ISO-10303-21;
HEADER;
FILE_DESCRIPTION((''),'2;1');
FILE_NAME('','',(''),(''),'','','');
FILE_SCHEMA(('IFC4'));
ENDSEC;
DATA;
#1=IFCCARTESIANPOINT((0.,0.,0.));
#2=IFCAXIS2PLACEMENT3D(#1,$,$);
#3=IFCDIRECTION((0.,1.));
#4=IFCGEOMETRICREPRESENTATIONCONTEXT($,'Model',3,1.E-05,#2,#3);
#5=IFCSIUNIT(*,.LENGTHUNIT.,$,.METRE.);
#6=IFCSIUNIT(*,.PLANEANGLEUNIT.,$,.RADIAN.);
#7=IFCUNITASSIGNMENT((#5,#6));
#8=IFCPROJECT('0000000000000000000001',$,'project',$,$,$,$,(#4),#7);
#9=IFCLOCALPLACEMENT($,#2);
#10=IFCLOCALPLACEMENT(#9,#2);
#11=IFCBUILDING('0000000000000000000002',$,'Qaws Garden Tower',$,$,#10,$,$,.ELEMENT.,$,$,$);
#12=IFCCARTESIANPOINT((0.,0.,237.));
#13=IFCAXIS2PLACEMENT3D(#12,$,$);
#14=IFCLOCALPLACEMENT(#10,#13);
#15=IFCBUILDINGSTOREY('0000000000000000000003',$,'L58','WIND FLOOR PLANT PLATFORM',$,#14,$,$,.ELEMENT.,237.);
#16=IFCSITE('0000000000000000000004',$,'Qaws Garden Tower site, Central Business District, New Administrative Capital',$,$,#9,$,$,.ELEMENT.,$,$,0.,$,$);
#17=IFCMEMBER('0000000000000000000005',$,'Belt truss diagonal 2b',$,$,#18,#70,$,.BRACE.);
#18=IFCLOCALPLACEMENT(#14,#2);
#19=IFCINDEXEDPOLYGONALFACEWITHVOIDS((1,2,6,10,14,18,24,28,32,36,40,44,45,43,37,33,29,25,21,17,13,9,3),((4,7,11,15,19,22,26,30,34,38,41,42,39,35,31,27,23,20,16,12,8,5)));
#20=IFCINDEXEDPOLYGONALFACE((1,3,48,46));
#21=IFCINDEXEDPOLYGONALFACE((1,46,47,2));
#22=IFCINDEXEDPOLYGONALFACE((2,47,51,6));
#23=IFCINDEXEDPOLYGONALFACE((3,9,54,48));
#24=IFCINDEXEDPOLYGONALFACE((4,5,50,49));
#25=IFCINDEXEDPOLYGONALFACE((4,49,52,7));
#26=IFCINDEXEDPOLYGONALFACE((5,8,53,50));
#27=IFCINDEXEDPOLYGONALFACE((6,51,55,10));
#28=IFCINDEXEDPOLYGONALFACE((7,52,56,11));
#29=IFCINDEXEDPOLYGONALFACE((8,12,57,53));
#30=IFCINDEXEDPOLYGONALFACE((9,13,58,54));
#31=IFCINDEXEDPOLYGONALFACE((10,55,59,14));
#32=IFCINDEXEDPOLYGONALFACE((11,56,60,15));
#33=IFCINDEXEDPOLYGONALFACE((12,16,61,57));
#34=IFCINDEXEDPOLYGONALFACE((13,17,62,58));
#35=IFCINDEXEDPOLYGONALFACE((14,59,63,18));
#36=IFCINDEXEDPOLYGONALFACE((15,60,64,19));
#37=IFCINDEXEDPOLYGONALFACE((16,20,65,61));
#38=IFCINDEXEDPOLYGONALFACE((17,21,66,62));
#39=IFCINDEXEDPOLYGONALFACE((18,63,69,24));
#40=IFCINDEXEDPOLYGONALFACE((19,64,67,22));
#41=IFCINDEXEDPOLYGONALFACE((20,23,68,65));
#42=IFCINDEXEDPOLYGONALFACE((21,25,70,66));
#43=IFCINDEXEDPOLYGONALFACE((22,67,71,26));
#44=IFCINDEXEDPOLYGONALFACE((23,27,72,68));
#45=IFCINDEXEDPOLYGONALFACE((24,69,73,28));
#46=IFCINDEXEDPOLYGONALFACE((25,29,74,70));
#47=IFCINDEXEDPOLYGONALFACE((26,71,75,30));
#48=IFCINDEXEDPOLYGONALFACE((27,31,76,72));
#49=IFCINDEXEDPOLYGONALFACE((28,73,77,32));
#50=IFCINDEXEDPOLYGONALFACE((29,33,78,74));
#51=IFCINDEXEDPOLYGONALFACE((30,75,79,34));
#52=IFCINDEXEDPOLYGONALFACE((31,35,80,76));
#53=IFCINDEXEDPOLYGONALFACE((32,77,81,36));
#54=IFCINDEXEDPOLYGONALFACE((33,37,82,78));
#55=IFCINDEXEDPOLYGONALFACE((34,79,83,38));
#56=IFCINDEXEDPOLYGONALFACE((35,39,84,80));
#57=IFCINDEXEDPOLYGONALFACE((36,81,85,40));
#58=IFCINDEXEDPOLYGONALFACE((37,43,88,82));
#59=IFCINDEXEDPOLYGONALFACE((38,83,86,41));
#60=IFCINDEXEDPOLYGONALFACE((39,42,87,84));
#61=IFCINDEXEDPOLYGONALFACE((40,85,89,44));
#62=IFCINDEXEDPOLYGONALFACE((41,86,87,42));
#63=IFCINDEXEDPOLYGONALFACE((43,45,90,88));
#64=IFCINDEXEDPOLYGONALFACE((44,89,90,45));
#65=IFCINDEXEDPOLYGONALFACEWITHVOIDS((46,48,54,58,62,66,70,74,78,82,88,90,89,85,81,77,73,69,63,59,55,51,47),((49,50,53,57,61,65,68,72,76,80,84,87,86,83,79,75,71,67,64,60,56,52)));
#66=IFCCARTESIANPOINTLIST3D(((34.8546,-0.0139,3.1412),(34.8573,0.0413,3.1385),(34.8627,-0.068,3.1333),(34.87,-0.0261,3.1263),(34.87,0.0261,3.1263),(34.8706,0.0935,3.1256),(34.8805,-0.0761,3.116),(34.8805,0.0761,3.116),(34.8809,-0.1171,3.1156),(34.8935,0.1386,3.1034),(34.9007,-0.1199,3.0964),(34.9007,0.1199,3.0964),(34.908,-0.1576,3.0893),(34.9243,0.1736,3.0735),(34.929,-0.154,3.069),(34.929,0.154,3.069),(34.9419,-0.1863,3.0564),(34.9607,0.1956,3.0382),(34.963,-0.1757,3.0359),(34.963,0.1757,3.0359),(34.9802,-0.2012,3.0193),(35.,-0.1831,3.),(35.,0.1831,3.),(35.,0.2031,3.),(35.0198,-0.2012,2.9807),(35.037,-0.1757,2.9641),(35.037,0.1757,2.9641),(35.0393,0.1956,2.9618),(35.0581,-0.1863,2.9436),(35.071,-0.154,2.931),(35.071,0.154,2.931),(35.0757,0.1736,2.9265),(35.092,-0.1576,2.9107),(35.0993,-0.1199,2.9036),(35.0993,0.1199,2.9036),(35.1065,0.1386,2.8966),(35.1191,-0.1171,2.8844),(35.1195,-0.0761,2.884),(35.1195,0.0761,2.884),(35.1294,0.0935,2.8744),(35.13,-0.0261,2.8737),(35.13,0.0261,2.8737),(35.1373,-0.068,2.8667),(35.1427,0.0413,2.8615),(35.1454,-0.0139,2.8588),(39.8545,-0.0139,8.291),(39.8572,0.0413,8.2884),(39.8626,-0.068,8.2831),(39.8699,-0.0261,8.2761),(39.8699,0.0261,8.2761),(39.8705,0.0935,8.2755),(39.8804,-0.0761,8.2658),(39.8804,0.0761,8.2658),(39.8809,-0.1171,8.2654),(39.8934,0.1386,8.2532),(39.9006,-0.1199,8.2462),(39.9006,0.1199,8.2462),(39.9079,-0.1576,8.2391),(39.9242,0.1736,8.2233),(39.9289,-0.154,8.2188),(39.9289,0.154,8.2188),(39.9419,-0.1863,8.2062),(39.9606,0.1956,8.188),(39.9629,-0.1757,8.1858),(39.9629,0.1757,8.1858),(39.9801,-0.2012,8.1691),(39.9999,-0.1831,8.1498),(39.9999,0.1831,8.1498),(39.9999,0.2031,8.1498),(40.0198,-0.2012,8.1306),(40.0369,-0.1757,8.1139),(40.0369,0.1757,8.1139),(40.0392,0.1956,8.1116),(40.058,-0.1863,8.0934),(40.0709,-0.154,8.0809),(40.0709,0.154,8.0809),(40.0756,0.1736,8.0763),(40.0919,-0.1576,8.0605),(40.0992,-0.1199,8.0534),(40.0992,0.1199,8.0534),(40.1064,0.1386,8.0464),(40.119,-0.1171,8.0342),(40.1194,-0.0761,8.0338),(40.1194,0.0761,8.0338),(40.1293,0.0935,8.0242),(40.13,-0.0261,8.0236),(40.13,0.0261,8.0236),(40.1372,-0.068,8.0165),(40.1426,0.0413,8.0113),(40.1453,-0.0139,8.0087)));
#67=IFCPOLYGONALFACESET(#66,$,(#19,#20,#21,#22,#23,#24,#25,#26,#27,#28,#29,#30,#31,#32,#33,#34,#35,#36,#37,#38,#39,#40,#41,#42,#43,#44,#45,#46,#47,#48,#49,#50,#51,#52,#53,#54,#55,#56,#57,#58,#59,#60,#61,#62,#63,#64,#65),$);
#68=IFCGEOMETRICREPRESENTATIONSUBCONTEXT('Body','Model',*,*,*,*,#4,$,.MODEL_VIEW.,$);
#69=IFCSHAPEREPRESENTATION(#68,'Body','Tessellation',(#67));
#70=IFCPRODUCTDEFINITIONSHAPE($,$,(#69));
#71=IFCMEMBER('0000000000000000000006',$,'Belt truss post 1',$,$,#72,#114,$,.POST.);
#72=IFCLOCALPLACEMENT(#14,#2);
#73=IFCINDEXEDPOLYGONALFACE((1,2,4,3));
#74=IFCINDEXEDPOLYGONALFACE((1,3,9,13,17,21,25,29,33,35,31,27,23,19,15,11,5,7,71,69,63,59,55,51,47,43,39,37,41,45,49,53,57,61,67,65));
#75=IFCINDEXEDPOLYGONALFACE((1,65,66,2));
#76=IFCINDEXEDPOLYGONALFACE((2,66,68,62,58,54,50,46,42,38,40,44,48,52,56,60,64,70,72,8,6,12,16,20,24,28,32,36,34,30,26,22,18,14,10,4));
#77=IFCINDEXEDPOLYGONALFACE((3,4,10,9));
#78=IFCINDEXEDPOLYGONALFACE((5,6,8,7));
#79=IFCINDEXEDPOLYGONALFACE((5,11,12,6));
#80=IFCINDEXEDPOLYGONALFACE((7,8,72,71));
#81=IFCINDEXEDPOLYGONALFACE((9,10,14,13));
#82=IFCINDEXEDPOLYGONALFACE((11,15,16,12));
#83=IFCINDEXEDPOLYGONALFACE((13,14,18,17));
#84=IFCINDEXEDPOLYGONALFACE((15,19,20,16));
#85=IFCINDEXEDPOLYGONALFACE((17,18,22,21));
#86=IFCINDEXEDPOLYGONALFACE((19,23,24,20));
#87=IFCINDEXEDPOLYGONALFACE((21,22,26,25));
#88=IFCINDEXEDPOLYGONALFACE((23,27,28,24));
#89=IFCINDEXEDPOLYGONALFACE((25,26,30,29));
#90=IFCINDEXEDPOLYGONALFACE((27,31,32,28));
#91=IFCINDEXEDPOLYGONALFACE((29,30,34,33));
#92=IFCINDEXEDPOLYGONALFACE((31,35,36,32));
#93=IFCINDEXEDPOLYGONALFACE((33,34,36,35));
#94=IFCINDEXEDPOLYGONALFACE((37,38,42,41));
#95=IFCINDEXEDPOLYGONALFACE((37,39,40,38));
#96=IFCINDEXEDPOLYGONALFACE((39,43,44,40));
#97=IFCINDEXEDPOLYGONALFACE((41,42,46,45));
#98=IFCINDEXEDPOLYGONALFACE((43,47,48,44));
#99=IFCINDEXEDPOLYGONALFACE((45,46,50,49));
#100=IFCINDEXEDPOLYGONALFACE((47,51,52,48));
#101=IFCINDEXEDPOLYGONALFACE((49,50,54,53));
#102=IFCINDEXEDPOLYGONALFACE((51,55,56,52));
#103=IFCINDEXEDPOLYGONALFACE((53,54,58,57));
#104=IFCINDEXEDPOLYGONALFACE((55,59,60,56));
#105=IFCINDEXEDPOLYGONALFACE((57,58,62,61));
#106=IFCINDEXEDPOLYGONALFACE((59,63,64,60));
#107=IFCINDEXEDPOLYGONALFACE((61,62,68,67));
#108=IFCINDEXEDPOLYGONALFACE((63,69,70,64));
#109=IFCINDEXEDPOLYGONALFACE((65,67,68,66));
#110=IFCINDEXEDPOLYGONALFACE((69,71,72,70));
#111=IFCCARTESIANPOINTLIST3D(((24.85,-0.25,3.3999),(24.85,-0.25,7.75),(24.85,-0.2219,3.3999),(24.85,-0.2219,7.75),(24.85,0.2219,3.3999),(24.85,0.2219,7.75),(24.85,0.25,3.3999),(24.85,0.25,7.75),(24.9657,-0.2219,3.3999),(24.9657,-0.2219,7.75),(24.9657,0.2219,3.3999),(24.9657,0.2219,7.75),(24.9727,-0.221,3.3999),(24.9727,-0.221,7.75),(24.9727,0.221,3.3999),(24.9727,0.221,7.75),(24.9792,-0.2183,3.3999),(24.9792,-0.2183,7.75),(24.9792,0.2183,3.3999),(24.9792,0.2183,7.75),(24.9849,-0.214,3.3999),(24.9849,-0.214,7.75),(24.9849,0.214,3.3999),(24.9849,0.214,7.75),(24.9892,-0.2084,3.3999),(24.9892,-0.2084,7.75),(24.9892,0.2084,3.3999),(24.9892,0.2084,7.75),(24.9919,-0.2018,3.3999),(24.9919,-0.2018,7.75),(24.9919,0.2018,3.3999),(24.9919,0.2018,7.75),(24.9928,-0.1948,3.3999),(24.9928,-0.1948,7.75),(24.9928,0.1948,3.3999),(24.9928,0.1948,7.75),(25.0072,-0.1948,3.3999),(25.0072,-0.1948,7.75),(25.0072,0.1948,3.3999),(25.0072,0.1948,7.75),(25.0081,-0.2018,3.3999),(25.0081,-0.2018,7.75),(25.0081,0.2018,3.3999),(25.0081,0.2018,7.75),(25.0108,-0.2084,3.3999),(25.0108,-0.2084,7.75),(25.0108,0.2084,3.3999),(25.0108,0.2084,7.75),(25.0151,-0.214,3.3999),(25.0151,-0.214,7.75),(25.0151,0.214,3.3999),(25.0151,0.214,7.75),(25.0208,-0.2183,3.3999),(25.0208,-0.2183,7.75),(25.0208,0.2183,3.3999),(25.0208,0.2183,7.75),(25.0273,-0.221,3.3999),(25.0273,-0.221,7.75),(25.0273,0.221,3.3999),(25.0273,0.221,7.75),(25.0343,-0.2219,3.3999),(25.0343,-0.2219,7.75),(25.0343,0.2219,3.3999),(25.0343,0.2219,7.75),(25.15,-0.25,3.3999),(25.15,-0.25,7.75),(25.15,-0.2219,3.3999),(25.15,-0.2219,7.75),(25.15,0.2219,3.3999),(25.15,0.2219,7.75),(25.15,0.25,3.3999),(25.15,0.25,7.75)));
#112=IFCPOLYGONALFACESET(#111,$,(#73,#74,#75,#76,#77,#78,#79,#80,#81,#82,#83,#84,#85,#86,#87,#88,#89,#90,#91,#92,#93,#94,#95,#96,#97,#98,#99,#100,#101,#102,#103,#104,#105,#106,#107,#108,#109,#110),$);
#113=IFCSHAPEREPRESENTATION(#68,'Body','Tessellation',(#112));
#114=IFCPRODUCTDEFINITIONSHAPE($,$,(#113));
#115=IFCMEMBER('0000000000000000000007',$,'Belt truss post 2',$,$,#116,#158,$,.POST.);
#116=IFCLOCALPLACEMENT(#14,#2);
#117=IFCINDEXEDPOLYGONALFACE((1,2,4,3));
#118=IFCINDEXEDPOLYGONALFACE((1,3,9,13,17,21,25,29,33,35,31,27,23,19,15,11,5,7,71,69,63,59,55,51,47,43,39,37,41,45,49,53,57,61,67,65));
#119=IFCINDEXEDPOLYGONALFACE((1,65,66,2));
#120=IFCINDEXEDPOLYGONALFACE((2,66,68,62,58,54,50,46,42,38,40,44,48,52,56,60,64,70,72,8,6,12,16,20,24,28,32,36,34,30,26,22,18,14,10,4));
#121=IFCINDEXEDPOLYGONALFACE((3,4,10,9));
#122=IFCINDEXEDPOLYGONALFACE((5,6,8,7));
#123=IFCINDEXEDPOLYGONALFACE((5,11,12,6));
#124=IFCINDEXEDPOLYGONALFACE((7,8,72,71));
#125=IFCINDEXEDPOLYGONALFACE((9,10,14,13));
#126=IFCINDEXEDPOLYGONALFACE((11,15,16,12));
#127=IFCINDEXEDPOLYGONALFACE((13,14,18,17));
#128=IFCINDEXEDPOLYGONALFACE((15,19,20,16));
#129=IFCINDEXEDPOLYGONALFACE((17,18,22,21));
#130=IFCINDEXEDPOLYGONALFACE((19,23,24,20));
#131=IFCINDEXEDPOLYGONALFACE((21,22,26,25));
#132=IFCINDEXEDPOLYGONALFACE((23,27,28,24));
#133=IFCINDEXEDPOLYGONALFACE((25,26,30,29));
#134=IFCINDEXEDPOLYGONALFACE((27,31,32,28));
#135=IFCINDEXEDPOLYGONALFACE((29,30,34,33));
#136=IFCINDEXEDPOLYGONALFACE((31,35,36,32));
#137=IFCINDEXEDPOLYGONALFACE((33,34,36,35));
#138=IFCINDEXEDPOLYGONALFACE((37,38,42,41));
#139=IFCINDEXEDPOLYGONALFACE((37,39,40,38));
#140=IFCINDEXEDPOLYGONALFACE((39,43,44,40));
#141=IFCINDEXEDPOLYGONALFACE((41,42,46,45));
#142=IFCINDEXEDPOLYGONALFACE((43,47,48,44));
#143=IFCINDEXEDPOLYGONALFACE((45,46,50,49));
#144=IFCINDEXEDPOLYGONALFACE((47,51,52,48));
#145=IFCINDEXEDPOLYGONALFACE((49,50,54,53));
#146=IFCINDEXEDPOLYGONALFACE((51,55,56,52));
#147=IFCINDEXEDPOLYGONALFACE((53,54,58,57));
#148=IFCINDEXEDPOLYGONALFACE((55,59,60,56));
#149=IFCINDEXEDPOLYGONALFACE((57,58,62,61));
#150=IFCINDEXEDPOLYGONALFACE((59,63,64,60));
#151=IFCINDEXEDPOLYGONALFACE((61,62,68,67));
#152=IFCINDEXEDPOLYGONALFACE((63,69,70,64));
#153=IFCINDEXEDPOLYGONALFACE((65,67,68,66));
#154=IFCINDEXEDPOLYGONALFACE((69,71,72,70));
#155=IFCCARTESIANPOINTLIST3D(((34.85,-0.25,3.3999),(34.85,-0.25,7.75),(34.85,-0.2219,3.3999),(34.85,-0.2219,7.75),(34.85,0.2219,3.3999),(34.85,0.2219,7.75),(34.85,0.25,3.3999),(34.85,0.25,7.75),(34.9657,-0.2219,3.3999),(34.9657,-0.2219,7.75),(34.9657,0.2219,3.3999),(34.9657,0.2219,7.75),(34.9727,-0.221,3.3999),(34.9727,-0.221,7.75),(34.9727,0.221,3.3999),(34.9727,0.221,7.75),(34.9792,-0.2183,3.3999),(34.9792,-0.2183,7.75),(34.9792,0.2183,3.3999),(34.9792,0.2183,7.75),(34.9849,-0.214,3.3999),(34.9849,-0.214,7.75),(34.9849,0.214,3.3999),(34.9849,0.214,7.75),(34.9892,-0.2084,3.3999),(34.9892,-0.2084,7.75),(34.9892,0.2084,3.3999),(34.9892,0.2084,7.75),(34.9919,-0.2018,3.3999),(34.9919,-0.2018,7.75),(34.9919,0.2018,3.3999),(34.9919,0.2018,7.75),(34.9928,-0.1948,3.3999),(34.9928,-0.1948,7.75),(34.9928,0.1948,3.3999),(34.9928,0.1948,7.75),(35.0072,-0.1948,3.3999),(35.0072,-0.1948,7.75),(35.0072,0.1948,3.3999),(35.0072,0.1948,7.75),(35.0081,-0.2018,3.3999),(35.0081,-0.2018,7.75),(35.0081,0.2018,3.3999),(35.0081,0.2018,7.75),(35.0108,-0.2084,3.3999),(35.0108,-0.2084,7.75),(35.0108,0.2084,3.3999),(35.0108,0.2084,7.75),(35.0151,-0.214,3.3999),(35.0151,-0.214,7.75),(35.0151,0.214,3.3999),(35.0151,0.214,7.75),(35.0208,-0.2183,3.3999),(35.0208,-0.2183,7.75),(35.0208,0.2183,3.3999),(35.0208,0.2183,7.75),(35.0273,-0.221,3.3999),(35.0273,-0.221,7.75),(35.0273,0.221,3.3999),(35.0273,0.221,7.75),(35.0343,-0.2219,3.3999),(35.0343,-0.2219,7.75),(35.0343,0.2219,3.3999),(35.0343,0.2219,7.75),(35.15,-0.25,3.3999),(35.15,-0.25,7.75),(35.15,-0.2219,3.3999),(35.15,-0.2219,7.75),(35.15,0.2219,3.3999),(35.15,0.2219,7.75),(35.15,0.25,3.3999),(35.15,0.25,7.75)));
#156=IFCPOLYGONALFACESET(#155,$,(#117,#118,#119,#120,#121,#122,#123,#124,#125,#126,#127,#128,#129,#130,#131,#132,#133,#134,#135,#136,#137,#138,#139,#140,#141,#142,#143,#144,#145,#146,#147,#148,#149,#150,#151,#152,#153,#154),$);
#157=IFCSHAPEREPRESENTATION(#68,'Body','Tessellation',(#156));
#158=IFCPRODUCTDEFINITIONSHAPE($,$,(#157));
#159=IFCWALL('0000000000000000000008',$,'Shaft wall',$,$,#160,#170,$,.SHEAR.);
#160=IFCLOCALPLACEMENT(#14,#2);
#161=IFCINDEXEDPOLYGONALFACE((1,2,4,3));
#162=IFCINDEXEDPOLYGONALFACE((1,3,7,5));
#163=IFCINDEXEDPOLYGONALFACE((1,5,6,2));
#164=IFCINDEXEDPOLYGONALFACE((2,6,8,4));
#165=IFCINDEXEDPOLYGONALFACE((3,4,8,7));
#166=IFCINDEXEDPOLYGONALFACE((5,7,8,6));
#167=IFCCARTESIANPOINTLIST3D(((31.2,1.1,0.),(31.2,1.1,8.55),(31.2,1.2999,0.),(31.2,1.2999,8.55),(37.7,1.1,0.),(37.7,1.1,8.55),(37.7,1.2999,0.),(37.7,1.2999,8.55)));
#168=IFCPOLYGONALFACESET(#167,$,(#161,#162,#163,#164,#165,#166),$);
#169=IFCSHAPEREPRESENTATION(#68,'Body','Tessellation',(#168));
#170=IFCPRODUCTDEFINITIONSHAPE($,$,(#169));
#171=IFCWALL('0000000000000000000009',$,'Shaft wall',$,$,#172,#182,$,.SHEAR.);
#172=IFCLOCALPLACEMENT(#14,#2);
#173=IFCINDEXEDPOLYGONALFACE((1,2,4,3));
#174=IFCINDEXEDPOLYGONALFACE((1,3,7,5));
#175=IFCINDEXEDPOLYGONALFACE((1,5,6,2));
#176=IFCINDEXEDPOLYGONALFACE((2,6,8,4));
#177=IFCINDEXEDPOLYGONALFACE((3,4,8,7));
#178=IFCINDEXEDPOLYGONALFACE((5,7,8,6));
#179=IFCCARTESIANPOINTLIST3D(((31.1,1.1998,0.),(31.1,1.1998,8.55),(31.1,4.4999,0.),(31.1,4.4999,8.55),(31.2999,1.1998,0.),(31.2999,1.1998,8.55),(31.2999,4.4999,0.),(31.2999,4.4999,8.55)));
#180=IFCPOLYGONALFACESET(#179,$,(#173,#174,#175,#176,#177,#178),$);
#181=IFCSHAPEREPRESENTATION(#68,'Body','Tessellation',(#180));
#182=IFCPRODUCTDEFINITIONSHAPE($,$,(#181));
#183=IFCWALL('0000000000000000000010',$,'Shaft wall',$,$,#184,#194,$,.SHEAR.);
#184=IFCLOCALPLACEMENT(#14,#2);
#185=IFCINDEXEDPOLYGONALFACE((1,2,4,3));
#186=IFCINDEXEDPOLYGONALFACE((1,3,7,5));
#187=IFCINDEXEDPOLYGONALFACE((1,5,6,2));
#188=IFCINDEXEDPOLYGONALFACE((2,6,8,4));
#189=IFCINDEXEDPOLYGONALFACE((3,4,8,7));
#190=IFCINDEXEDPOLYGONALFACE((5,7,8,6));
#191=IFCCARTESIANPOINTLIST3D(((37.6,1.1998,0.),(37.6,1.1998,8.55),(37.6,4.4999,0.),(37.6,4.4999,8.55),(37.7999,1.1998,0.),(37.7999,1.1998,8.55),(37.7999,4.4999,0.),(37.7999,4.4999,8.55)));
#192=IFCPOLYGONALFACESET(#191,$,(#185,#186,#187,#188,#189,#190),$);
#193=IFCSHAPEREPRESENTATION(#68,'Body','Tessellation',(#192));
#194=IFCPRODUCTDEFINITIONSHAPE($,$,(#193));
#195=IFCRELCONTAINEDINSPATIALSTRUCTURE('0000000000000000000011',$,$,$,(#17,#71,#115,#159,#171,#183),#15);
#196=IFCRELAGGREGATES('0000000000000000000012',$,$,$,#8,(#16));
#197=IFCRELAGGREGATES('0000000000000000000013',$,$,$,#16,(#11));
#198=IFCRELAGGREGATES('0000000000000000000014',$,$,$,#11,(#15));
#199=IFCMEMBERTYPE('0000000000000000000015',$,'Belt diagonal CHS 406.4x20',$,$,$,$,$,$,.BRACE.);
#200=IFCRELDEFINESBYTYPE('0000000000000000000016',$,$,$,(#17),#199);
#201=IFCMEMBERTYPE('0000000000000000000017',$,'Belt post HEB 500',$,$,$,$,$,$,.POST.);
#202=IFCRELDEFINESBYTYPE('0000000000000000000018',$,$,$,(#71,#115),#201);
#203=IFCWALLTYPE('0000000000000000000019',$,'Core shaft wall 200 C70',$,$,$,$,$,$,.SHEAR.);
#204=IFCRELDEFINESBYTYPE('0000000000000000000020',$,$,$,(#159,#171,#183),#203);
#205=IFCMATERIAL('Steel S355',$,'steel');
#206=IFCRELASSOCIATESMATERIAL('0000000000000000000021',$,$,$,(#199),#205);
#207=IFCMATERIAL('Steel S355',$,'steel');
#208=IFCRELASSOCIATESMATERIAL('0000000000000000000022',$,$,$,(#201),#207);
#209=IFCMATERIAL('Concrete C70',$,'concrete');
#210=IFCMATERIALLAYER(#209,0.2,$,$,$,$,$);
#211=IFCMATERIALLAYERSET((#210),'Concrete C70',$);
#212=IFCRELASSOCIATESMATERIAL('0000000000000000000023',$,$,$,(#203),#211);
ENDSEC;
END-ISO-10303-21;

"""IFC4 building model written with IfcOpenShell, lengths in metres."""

from ifc_helpers import new_model, si_unit, direction, frame, frame_2d, origin, origin_2d, place, context, subcontext, project, spatial, rectangle, hollow_circle, i_section, extrude, material, layer, layer_set, material_profile, profile_set, type_object, element, save


model = new_model("IFC4")

# Units and contexts
model_context = context("Model", 3, precision=1e-05, world=origin(), true_north=direction((0.0, 1.0)))
body_context = subcontext(model_context, "Body", "Model", "MODEL_VIEW")
ifc_project = project(units=[si_unit("LENGTHUNIT", "METRE"), si_unit("PLANEANGLEUNIT", "RADIAN")], contexts=[model_context])

# Site, building, storey
site_placement = place(None, origin())
site = spatial("IfcSite", under=ifc_project, at=site_placement, Name="Qaws Garden Tower site, Central Business District, New Administrative Capital", CompositionType="ELEMENT", RefElevation=0.0)
building_placement = place(site_placement, origin())
building = spatial("IfcBuilding", under=site, at=building_placement, Name="Qaws Garden Tower", CompositionType="ELEMENT")
storey_placement = place(building_placement, frame((0.0, 0.0, 237.0)))
storey = spatial("IfcBuildingStorey", under=building, at=storey_placement, Name="L58", Description="WIND FLOOR PLANT PLATFORM", CompositionType="ELEMENT", Elevation=237.0)

# Members
ifc_material_1 = material(Name="Steel S355", Category="steel")
ifc_material_profile_1 = material_profile(ifc_material_1, hollow_circle(Radius=0.2031, WallThickness=0.02, at=origin_2d()), Name="CHS 406.4x20")
ifc_profile_set_1 = profile_set([ifc_material_profile_1], Name="Steel S355")
member_type_1 = type_object("IfcMemberType", Name="Belt diagonal CHS 406.4x20", PredefinedType="BRACE", material=ifc_profile_set_1)
for number, where, z_axis, x_axis, name in (
    (1, (35.0, 0.0, 3.0), (0.696588, 0.0, 0.717472), (0.0, 1.0, 0.0), "Belt truss diagonal 2b"),
):
    element("IfcMember", number, at=place(storey_placement, frame(where, z_axis=z_axis, x_axis=x_axis)), inside=storey, type_object=member_type_1, Name=name, PredefinedType="BRACE", context=body_context, shape_type="SweptSolid", body=[
        extrude(hollow_circle(Radius=0.2031, WallThickness=0.02, at=origin_2d()), origin(), (0.0, 0.0, 1.0), 7.1777),
    ])
ifc_material_2 = material(Name="Steel S355", Category="steel")
ifc_material_profile_2 = material_profile(ifc_material_2, i_section(OverallWidth=0.3, OverallDepth=0.5, WebThickness=0.0144, FlangeThickness=0.0281, FilletRadius=0.0271, at=origin_2d()), Name="HEB 500")
ifc_profile_set_2 = profile_set([ifc_material_profile_2], Name="Steel S355")
member_type_2 = type_object("IfcMemberType", Name="Belt post HEB 500", PredefinedType="POST", material=ifc_profile_set_2)
placement_1 = place(storey_placement, frame((25.0, 0.0, 3.3999), z_axis=(0.0, 0.0, 1.0), x_axis=(1.0, 0.0, 0.0)))
element("IfcMember", 2, at=placement_1, inside=storey, type_object=member_type_2, Name="Belt truss post 1", PredefinedType="POST", context=body_context, shape_type="SweptSolid", body=[
    extrude(i_section(OverallWidth=0.3, OverallDepth=0.5, WebThickness=0.0144, FlangeThickness=0.0281, FilletRadius=0.0271, at=origin_2d()), origin(), (0.0, 0.0, 1.0), 4.3501),
])
placement_2 = place(storey_placement, frame((35.0, 0.0, 3.3999), z_axis=(0.0, 0.0, 1.0), x_axis=(1.0, 0.0, 0.0)))
element("IfcMember", 3, at=placement_2, inside=storey, type_object=member_type_2, Name="Belt truss post 2", PredefinedType="POST", context=body_context, shape_type="SweptSolid", body=[
    extrude(i_section(OverallWidth=0.3, OverallDepth=0.5, WebThickness=0.0144, FlangeThickness=0.0281, FilletRadius=0.0271, at=origin_2d()), origin(), (0.0, 0.0, 1.0), 4.3501),
])

# Walls
ifc_material_3 = material(Name="Concrete C70", Category="concrete")
ifc_layer_1 = layer(ifc_material_3, 0.2)
ifc_layer_set_1 = layer_set([ifc_layer_1], Name="Concrete C70")
wall_type_1 = type_object("IfcWallType", Name="Core shaft wall 200 C70", PredefinedType="SHEAR", material=ifc_layer_set_1)
wall_1_placement = place(storey_placement, frame((31.2, 1.2, 0.0), z_axis=(0.0, 0.0, 1.0), x_axis=(1.0, 0.0, 0.0)))
element("IfcWall", 4, at=wall_1_placement, inside=storey, type_object=wall_type_1, Name="Shaft wall", PredefinedType="SHEAR", context=body_context, shape_type="SweptSolid", body=[
    extrude(rectangle(XDim=6.5, YDim=0.2, at=frame_2d((3.25, 0.0))), origin(), (0.0, 0.0, 1.0), 8.55),
])
for number, where, z_axis, x_axis, name in (
    (5, (31.2, 1.2, 0.0), (0.0, 0.0, 1.0), (0.0, 1.0, 0.0), "Shaft wall"),
    (6, (37.7, 1.2, 0.0), (0.0, 0.0, 1.0), (0.0, 1.0, 0.0), "Shaft wall"),
):
    element("IfcWall", number, at=place(storey_placement, frame(where, z_axis=z_axis, x_axis=x_axis)), inside=storey, type_object=wall_type_1, Name=name, PredefinedType="SHEAR", context=body_context, shape_type="SweptSolid", body=[
        extrude(rectangle(XDim=3.3, YDim=0.2, at=frame_2d((1.6499, 0.0))), origin(), (0.0, 0.0, 1.0), 8.55),
    ])

save(model, "model.ifc")
